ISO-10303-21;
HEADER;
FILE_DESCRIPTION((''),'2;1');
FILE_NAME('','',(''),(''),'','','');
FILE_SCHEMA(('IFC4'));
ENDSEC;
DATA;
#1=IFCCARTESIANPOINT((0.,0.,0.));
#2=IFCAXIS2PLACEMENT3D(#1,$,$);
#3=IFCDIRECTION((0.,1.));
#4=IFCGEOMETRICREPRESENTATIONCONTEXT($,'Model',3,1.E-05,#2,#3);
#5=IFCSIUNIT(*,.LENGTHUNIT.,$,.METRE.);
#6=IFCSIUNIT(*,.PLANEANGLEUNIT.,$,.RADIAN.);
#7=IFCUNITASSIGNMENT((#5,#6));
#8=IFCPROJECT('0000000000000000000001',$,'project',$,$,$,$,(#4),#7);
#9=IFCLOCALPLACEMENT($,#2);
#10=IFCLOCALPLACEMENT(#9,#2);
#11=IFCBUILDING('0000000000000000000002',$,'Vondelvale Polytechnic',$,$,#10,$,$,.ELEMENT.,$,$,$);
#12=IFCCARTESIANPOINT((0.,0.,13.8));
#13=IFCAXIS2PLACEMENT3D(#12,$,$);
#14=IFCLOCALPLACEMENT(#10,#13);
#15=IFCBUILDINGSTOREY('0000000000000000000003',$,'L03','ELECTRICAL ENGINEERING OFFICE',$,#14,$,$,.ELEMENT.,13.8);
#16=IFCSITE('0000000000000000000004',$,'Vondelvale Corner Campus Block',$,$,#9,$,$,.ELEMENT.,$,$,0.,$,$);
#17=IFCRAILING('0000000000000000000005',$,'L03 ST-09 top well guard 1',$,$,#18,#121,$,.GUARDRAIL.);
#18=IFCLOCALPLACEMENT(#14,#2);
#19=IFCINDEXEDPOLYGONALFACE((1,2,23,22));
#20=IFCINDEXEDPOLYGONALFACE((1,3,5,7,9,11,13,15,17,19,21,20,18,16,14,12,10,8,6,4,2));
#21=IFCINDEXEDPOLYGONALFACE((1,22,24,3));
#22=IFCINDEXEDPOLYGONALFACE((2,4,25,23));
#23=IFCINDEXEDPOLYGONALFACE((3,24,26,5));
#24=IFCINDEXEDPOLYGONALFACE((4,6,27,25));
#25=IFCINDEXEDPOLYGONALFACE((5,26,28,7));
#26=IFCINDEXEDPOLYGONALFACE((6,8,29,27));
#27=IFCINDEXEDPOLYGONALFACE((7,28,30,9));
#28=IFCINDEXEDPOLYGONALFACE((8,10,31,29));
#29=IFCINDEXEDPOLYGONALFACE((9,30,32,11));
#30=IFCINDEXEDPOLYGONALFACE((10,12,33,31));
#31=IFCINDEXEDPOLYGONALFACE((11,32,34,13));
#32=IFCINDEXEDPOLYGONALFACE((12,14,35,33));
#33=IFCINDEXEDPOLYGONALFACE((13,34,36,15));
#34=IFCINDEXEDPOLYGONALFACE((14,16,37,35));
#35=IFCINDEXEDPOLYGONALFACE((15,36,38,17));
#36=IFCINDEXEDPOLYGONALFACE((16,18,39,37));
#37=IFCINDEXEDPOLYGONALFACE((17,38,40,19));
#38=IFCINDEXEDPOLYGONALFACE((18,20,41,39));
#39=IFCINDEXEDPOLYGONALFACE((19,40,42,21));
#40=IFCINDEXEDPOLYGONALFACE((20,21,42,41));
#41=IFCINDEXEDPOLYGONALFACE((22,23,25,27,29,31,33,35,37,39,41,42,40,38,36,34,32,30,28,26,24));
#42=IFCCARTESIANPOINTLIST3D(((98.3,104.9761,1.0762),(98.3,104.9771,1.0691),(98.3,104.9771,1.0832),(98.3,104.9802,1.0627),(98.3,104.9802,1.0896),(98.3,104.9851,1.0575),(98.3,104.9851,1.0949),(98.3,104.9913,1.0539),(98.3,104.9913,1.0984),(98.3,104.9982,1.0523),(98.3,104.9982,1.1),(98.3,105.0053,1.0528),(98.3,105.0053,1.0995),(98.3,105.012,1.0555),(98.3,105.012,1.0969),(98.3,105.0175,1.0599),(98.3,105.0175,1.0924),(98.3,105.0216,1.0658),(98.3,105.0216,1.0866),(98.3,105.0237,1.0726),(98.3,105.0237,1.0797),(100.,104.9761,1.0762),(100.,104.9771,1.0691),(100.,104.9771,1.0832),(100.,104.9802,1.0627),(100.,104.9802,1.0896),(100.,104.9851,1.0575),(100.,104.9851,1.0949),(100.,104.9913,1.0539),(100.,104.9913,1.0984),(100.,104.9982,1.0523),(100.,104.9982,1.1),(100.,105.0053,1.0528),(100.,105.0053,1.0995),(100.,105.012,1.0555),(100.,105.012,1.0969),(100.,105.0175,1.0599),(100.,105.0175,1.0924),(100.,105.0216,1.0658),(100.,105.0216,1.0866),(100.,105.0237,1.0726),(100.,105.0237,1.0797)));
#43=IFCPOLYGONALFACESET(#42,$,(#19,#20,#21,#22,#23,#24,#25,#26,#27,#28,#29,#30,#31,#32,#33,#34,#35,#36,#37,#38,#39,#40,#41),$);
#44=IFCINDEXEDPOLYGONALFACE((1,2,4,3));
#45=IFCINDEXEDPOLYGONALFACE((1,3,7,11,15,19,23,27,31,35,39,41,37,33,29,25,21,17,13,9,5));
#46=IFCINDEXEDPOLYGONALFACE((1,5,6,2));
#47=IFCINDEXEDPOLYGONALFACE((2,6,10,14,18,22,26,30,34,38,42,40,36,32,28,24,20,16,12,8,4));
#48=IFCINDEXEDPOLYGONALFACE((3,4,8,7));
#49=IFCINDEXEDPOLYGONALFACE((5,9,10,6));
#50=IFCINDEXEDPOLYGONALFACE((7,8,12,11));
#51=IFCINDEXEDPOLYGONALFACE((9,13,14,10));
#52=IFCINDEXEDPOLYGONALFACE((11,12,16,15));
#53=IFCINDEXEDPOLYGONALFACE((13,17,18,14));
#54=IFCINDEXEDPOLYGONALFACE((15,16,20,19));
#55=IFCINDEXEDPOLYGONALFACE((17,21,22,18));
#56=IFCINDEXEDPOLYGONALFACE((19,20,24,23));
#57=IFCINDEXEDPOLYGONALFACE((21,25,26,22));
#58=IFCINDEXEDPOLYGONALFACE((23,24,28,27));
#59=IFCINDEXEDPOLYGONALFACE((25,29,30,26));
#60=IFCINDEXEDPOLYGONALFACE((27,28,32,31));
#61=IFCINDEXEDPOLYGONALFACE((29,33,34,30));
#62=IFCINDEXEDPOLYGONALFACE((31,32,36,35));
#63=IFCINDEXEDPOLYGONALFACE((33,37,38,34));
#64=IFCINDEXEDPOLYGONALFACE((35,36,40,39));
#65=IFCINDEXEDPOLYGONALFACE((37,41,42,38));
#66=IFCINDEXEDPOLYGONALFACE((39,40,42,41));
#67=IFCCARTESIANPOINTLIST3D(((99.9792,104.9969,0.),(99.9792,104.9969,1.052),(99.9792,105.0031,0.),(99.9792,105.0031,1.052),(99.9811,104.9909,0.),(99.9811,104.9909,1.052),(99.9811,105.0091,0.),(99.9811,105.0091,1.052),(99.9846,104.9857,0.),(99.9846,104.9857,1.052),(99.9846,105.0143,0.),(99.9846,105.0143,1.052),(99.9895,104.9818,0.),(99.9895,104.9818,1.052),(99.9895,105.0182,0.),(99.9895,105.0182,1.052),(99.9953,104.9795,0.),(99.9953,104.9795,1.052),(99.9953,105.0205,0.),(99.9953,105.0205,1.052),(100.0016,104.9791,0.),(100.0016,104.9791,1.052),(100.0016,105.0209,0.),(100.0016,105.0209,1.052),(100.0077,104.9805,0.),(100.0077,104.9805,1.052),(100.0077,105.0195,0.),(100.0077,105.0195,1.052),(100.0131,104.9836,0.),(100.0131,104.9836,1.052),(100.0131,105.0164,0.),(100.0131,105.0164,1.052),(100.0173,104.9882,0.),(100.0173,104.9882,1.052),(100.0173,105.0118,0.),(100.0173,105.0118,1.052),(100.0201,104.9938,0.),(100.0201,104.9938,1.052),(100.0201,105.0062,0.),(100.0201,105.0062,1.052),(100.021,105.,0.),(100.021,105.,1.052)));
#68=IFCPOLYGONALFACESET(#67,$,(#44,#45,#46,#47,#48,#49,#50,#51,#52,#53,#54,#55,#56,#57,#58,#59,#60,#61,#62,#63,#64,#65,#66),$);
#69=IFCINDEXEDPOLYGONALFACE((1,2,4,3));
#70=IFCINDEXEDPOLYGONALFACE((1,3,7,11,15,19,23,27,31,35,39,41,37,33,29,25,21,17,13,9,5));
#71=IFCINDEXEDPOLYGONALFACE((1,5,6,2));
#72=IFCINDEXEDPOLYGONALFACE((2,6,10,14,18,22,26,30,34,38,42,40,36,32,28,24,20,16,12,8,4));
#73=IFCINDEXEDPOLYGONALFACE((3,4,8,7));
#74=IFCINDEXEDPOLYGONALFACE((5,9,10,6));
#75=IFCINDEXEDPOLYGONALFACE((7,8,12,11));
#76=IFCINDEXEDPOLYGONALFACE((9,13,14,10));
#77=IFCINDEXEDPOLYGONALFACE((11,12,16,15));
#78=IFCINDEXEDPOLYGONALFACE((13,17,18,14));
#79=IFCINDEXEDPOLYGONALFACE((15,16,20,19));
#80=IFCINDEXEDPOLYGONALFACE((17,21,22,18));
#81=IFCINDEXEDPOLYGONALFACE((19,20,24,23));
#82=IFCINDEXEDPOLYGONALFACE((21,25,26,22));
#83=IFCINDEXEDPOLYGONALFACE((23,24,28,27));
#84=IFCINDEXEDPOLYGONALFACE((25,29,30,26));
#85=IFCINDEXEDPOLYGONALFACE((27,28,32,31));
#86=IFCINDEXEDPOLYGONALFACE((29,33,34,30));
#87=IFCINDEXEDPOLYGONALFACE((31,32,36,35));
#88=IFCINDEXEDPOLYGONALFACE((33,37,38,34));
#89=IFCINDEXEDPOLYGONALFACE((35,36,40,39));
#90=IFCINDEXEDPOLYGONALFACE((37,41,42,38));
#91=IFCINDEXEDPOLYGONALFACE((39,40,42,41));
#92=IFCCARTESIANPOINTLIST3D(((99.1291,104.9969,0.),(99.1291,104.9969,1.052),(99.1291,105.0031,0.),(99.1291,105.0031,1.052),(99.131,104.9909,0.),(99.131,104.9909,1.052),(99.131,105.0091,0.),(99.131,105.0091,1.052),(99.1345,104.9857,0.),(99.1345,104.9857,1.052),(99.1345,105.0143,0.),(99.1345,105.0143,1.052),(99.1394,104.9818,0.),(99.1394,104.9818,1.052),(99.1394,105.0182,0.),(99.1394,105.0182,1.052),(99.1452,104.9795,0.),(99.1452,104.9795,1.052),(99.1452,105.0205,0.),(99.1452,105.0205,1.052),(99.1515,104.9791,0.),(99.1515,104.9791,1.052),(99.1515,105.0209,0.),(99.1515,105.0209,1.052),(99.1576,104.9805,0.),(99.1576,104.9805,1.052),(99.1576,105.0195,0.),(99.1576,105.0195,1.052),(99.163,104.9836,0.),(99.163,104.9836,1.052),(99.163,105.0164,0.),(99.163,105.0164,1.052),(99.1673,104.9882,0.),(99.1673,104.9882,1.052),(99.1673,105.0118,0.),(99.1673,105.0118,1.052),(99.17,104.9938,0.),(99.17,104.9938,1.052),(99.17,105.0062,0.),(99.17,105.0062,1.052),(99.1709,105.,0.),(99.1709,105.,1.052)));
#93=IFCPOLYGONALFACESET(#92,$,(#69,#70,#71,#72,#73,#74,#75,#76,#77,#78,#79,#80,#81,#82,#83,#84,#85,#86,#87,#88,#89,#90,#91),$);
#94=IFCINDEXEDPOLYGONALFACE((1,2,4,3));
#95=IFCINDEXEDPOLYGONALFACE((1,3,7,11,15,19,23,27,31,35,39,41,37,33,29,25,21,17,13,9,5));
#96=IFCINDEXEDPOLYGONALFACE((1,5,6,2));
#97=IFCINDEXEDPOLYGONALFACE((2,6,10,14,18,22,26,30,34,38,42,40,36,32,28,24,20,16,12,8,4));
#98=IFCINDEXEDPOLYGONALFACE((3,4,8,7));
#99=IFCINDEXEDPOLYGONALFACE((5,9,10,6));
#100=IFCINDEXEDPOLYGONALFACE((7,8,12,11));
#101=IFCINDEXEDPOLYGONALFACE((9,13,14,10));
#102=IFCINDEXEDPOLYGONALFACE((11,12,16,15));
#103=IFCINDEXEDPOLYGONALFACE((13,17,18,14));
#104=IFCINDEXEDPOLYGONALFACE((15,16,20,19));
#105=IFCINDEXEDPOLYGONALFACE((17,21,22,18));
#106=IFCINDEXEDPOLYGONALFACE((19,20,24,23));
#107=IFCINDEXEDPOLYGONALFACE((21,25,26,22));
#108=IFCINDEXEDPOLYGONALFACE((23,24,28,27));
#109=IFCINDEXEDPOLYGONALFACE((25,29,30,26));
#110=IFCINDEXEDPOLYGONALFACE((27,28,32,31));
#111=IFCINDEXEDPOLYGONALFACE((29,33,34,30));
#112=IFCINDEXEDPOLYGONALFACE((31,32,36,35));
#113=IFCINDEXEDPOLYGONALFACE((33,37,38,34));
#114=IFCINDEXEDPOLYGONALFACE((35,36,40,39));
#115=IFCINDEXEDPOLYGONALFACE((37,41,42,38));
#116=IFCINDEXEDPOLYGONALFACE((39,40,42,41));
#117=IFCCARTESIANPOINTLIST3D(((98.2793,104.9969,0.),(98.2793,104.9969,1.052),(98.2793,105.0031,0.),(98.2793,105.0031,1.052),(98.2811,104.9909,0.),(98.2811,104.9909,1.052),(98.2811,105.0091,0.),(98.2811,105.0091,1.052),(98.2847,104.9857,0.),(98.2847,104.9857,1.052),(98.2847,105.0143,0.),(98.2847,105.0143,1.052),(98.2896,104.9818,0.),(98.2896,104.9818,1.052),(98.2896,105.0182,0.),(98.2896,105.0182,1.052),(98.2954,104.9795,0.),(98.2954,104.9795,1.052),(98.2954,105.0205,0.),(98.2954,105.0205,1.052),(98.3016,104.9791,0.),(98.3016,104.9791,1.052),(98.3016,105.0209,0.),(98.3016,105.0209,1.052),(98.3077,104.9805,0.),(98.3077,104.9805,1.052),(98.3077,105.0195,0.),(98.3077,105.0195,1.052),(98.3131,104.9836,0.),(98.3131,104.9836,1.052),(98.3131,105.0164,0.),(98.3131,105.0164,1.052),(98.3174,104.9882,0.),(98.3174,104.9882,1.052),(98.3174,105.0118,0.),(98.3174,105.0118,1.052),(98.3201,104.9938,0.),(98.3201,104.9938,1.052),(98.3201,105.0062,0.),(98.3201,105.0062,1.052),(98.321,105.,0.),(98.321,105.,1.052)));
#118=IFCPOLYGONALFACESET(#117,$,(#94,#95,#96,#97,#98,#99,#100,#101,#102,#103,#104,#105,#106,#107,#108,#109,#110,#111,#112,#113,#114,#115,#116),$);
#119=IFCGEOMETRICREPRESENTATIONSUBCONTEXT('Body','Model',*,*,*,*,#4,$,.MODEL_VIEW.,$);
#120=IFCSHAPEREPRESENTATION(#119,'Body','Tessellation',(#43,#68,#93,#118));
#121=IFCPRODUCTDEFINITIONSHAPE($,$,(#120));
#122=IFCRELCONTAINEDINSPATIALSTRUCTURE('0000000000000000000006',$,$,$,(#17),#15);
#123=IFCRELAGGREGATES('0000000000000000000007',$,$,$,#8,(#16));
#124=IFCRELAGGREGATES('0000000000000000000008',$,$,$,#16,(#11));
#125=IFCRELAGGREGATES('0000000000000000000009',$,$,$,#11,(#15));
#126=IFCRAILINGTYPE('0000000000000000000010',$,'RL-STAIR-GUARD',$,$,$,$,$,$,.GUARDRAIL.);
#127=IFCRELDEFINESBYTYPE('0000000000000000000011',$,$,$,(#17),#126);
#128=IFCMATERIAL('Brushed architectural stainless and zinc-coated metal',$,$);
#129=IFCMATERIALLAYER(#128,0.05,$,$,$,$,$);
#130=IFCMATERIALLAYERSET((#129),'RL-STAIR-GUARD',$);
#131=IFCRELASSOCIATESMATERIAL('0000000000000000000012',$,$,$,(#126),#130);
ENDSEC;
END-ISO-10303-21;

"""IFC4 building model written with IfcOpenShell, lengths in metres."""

from ifc_helpers import new_model, si_unit, direction, frame, origin, origin_2d, place, context, subcontext, project, spatial, circle, extrude, material, layer, layer_set, type_object, element, save


model = new_model("IFC4")

# Units and contexts
model_context = context("Model", 3, precision=1e-05, world=origin(), true_north=direction((0.0, 1.0)))
body_context = subcontext(model_context, "Body", "Model", "MODEL_VIEW")
ifc_project = project(units=[si_unit("LENGTHUNIT", "METRE"), si_unit("PLANEANGLEUNIT", "RADIAN")], contexts=[model_context])

# Site, building, storey
site_placement = place(None, origin())
site = spatial("IfcSite", under=ifc_project, at=site_placement, Name="Vondelvale Corner Campus Block", CompositionType="ELEMENT", RefElevation=0.0)
building_placement = place(site_placement, origin())
building = spatial("IfcBuilding", under=site, at=building_placement, Name="Vondelvale Polytechnic", CompositionType="ELEMENT")
storey_placement = place(building_placement, frame((0.0, 0.0, 13.8)))
storey = spatial("IfcBuildingStorey", under=building, at=storey_placement, Name="L03", Description="ELECTRICAL ENGINEERING OFFICE", CompositionType="ELEMENT", Elevation=13.8)

# Railing
ifc_material_1 = material(Name="Brushed architectural stainless and zinc-coated metal")
ifc_layer_1 = layer(ifc_material_1, 0.05)
ifc_layer_set_1 = layer_set([ifc_layer_1], Name="RL-STAIR-GUARD")
railing_type = type_object("IfcRailingType", Name="RL-STAIR-GUARD", PredefinedType="GUARDRAIL", material=ifc_layer_set_1)
railing_placement = place(storey_placement, frame((100.0, 105.0, 0.0)))
element("IfcRailing", 1, at=railing_placement, inside=storey, type_object=railing_type, Name="L03 ST-09 top well guard 1", PredefinedType="GUARDRAIL", context=body_context, shape_type="SweptSolid", body=[
    extrude(circle(Radius=0.0239, at=origin_2d()), frame((0.0, 0.0, 1.0762), z_axis=(-1.0, 0.0, 0.0), x_axis=(0.0, -1.0, 0.0)), (0.0, 0.0, 1.0), 1.7),
    extrude(circle(Radius=0.021, at=origin_2d()), origin(), (0.0, 0.0, 1.0), 1.052),
    extrude(circle(Radius=0.021, at=origin_2d()), frame((-0.8501, 0.0, 0.0)), (0.0, 0.0, 1.0), 1.052),
    extrude(circle(Radius=0.021, at=origin_2d()), frame((-1.7, 0.0, 0.0)), (0.0, 0.0, 1.0), 1.052),
])

save(model, "model.ifc")
